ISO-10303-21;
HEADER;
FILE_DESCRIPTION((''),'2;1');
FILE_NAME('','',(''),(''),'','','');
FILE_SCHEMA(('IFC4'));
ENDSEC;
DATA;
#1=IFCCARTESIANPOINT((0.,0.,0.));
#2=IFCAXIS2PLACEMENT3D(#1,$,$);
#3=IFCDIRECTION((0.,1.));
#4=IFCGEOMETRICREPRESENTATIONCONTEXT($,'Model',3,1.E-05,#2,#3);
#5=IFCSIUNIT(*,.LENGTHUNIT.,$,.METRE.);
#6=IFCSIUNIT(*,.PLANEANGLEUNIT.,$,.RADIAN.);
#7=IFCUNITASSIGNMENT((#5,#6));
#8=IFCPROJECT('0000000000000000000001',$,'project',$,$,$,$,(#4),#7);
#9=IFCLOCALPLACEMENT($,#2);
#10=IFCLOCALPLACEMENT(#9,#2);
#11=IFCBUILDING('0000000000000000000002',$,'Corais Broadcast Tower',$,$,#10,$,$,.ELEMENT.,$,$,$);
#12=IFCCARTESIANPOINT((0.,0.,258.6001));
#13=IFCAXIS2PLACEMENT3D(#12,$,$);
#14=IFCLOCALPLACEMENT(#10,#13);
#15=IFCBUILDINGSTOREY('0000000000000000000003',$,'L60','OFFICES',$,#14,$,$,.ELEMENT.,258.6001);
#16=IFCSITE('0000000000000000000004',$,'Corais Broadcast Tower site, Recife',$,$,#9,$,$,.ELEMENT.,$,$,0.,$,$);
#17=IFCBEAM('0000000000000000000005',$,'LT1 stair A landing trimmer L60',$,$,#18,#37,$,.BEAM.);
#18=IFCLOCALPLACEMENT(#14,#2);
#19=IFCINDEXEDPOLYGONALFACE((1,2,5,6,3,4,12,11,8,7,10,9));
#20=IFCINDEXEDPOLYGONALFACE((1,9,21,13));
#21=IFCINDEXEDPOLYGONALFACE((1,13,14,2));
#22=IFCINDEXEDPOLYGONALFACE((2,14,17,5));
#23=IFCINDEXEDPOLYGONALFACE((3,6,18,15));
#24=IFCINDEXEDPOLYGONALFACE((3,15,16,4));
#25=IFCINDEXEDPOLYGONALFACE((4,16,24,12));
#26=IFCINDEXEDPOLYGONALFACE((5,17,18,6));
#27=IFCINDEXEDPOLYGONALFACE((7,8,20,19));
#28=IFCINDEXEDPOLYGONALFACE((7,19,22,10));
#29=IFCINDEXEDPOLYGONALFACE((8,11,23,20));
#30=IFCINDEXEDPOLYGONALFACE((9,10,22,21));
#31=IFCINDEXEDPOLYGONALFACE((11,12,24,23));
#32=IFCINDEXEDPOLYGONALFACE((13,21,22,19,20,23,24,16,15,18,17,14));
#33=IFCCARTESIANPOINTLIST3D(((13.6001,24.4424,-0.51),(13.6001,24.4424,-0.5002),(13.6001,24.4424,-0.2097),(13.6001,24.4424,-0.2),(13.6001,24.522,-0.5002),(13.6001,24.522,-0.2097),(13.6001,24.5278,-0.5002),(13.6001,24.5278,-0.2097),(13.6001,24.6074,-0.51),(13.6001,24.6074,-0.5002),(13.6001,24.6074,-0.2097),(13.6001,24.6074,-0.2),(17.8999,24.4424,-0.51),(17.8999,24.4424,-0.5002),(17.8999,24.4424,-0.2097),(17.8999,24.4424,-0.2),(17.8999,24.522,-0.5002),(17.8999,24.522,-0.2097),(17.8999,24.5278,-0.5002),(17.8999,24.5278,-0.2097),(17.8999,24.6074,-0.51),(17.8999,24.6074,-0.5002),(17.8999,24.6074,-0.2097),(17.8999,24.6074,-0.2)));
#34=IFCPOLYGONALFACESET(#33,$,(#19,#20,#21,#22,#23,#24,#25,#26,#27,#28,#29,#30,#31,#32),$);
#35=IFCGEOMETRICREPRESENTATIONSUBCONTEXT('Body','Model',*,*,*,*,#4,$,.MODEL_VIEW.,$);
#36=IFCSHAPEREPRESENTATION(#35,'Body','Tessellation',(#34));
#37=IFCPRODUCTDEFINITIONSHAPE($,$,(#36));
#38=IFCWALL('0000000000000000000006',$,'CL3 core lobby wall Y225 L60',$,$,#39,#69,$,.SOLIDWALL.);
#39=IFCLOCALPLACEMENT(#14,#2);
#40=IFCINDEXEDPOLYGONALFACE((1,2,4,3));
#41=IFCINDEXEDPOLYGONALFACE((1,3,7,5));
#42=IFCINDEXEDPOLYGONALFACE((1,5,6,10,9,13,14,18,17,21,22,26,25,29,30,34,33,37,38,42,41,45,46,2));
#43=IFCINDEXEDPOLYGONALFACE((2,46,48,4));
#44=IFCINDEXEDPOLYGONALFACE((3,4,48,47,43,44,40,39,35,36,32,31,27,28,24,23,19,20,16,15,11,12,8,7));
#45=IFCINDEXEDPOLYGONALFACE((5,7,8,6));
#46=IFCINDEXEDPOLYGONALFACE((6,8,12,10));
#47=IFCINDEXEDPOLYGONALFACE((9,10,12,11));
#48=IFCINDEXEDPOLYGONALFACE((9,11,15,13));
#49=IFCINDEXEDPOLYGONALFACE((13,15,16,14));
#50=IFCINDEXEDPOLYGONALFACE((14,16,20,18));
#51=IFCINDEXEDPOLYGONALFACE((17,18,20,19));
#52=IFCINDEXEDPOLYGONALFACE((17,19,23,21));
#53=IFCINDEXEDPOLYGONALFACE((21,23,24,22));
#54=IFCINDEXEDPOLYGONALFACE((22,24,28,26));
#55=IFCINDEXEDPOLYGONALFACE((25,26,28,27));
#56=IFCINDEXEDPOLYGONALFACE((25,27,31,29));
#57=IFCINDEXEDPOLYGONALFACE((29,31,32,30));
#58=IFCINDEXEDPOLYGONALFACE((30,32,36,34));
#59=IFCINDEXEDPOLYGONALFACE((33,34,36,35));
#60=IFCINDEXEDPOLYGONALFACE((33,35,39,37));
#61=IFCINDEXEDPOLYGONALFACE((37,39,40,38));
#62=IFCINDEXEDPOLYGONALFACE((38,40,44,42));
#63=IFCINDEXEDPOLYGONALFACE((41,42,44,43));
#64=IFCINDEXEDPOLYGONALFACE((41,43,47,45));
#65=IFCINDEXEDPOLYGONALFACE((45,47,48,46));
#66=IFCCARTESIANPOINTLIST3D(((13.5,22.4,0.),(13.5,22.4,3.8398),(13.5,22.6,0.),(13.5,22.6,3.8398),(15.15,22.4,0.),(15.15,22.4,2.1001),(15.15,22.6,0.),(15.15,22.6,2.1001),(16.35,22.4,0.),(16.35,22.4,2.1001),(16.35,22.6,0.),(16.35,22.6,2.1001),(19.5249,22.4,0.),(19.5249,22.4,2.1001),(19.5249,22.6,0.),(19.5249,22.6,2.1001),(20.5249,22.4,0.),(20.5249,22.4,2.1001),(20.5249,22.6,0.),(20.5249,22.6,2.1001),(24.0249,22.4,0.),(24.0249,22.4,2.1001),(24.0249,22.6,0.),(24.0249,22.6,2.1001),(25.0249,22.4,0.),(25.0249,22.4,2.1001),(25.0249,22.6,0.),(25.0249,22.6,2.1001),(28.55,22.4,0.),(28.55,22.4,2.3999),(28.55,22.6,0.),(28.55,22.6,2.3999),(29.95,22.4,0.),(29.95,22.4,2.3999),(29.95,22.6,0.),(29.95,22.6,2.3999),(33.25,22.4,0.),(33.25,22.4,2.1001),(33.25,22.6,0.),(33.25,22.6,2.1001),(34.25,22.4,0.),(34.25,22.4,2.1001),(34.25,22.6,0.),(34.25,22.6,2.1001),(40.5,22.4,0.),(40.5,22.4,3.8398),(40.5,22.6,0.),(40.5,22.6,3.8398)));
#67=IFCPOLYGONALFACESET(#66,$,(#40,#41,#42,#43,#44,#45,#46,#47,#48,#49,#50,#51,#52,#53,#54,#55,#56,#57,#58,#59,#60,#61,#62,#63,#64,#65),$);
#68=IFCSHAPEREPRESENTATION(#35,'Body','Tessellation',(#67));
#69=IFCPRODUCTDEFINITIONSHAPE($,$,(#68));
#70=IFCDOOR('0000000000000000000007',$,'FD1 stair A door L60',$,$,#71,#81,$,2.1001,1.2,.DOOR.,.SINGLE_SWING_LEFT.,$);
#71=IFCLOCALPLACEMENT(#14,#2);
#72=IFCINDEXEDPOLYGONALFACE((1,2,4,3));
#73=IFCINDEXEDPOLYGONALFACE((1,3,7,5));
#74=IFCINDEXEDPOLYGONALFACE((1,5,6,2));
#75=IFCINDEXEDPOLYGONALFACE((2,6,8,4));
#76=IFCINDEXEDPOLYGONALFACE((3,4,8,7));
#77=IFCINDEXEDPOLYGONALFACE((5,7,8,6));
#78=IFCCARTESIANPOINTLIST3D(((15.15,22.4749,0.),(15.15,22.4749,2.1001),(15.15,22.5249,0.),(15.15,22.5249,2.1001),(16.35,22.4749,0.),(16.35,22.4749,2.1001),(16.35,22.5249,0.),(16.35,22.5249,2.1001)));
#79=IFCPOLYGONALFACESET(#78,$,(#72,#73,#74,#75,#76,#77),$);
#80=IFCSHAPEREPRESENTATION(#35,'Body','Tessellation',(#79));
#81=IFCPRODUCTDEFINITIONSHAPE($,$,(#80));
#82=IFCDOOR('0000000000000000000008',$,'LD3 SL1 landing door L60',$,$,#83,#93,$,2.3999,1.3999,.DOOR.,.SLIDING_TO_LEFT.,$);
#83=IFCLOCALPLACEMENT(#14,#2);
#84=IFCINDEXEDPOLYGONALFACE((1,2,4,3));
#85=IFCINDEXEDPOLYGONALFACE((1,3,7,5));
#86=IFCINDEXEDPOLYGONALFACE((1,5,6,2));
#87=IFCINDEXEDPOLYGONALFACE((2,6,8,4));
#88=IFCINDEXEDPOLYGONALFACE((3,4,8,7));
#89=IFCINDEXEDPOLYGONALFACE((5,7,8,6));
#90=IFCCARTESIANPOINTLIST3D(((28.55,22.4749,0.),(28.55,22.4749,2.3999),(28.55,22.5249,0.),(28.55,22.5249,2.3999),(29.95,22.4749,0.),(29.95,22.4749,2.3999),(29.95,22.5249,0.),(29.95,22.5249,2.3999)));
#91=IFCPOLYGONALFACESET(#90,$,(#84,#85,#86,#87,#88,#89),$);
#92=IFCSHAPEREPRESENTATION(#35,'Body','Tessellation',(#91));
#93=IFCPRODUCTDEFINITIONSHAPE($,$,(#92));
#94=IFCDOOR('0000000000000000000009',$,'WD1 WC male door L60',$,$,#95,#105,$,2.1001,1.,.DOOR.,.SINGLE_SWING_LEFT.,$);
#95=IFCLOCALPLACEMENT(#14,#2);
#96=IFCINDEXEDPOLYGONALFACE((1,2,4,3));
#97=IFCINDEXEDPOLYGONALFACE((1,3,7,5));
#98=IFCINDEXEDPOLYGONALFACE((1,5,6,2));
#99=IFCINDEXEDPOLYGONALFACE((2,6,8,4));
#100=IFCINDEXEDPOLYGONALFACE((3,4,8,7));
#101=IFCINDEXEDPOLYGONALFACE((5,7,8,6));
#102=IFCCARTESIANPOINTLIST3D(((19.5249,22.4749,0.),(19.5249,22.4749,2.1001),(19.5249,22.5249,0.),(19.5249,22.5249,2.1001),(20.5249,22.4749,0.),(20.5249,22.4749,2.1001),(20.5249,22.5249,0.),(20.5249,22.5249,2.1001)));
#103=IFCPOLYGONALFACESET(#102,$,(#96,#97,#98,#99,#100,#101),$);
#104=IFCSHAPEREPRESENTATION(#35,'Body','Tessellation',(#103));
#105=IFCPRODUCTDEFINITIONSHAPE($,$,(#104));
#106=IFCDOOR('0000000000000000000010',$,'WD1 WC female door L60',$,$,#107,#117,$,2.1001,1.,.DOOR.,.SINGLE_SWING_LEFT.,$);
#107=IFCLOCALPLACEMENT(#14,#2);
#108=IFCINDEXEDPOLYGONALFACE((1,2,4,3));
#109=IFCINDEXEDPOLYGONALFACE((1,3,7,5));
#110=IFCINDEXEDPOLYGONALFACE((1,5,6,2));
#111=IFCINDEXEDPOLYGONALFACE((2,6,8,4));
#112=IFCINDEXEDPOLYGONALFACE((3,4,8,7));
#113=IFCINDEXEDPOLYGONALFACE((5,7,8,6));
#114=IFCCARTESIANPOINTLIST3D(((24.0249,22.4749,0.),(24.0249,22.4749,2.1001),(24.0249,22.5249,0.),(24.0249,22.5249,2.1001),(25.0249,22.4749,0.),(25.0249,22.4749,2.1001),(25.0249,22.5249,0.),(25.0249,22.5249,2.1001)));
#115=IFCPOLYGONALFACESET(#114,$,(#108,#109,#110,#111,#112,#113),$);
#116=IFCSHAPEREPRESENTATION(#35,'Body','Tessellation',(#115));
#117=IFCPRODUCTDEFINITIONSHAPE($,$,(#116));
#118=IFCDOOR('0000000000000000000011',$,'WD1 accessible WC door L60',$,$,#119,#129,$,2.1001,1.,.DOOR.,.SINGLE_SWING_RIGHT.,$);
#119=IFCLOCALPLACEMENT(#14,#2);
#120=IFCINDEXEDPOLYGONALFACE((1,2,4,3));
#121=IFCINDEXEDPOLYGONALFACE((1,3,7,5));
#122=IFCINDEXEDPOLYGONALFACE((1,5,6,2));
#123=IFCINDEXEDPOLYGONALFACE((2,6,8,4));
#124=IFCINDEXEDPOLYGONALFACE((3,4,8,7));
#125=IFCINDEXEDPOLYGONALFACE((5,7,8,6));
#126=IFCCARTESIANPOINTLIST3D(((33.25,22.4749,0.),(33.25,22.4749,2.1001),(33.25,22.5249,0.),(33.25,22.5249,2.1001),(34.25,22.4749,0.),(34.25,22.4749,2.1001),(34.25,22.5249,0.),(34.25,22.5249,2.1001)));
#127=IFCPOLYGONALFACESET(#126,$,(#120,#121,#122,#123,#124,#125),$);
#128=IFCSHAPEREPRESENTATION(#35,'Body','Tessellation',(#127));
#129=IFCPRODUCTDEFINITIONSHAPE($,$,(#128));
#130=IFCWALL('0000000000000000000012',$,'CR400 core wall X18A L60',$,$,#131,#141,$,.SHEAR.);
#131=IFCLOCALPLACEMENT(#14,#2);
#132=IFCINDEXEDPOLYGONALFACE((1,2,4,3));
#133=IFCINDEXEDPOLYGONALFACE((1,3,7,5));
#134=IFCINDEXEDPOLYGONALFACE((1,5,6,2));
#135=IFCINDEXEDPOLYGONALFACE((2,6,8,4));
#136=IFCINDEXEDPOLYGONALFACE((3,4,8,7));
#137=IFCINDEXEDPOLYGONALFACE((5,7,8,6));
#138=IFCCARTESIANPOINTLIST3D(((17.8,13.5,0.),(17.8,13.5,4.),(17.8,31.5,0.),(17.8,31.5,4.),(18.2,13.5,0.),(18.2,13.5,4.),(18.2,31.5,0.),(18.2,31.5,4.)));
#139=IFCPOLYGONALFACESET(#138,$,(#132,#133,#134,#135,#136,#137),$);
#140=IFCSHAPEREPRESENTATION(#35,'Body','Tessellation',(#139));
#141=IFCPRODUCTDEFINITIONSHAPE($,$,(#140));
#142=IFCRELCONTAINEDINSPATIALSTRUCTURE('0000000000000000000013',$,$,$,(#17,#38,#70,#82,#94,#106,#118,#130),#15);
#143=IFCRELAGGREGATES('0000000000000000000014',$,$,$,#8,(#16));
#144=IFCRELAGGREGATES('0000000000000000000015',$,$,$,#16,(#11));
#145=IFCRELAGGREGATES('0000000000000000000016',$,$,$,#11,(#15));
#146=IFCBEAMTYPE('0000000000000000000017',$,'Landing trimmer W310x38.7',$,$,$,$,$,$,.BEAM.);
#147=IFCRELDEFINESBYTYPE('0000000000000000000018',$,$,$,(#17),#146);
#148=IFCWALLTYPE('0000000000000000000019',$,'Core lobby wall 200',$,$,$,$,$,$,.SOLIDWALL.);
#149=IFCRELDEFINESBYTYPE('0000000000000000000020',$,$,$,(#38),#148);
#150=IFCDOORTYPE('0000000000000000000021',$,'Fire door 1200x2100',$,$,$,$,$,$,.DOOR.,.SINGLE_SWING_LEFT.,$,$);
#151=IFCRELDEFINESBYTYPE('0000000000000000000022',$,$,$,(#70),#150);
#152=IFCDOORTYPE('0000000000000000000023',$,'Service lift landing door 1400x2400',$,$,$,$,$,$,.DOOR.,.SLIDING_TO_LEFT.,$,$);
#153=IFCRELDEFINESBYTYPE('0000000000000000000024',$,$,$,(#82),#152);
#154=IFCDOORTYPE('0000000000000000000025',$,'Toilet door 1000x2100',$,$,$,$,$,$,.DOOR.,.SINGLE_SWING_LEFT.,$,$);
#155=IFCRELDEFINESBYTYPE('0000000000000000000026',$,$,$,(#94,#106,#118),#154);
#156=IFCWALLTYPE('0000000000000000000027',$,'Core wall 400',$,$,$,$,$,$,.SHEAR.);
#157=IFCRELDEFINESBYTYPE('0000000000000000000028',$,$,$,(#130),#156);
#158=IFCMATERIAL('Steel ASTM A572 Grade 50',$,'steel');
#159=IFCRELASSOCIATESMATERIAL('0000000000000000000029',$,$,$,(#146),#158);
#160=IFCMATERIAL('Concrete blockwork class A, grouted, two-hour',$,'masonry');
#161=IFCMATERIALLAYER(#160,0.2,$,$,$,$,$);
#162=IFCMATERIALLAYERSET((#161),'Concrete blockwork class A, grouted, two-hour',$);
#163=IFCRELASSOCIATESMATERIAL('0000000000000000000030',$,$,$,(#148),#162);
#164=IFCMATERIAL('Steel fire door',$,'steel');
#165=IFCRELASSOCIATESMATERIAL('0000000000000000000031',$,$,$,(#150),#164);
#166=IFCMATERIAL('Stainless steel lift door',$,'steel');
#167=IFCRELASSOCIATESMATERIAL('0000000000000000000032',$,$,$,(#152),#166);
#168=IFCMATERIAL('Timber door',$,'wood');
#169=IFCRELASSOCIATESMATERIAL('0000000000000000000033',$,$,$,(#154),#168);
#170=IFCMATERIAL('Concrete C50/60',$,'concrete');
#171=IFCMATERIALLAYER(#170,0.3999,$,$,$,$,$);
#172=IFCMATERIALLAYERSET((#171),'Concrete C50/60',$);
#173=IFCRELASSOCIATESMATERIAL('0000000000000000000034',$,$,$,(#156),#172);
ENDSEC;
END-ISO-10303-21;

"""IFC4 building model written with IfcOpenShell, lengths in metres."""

from ifc_helpers import new_model, si_unit, direction, frame, frame_2d, origin, origin_2d, place, context, subcontext, project, spatial, rectangle, i_section, extrude, material, layer, layer_set, material_profile, profile_set, type_object, element, fill, save


model = new_model("IFC4")

# Units and contexts
model_context = context("Model", 3, precision=1e-05, world=origin(), true_north=direction((0.0, 1.0)))
body_context = subcontext(model_context, "Body", "Model", "MODEL_VIEW")
ifc_project = project(units=[si_unit("LENGTHUNIT", "METRE"), si_unit("PLANEANGLEUNIT", "RADIAN")], contexts=[model_context])

# Site, building, storey
site_placement = place(None, origin())
site = spatial("IfcSite", under=ifc_project, at=site_placement, Name="Corais Broadcast Tower site, Recife", CompositionType="ELEMENT", RefElevation=0.0)
building_placement = place(site_placement, origin())
building = spatial("IfcBuilding", under=site, at=building_placement, Name="Corais Broadcast Tower", CompositionType="ELEMENT")
storey_placement = place(building_placement, frame((0.0, 0.0, 258.6001)))
storey = spatial("IfcBuildingStorey", under=building, at=storey_placement, Name="L60", Description="OFFICES", CompositionType="ELEMENT", Elevation=258.6001)

# Beam
ifc_material_1 = material(Name="Steel ASTM A572 Grade 50", Category="steel")
ifc_material_profile = material_profile(ifc_material_1, i_section(OverallWidth=0.165, OverallDepth=0.3101, WebThickness=0.0059, FlangeThickness=0.0098, at=origin_2d()), Name="W310x38.7")
ifc_profile_set = profile_set([ifc_material_profile], Name="Steel ASTM A572 Grade 50")
beam_type = type_object("IfcBeamType", Name="Landing trimmer W310x38.7", PredefinedType="BEAM", material=ifc_profile_set)
beam_placement = place(storey_placement, frame((13.6001, 24.5249, -0.355), z_axis=(1.0, 0.0, 0.0), x_axis=(0.0, 1.0, 0.0)))
element("IfcBeam", 1, at=beam_placement, inside=storey, type_object=beam_type, Name="LT1 stair A landing trimmer L60", PredefinedType="BEAM", context=body_context, shape_type="SweptSolid", body=[
    extrude(i_section(OverallWidth=0.165, OverallDepth=0.3101, WebThickness=0.0059, FlangeThickness=0.0098, at=origin_2d()), origin(), (0.0, 0.0, 1.0), 4.2998),
])

# Wall, openings, doors
ifc_material_2 = material(Name="Concrete blockwork class A, grouted, two-hour", Category="masonry")
ifc_layer_1 = layer(ifc_material_2, 0.2)
ifc_layer_set_1 = layer_set([ifc_layer_1], Name="Concrete blockwork class A, grouted, two-hour")
wall_type_1 = type_object("IfcWallType", Name="Core lobby wall 200", PredefinedType="SOLIDWALL", material=ifc_layer_set_1)
wall_1_placement = place(storey_placement, frame((13.5, 22.5, 0.0), z_axis=(0.0, 0.0, 1.0), x_axis=(1.0, 0.0, 0.0)))
wall_1 = element("IfcWall", 2, at=wall_1_placement, inside=storey, type_object=wall_type_1, Name="CL3 core lobby wall Y225 L60", PredefinedType="SOLIDWALL", context=body_context, shape_type="SweptSolid", body=[
    extrude(rectangle(XDim=27.0, YDim=0.2, at=frame_2d((13.5, 0.0))), origin(), (0.0, 0.0, 1.0), 3.8398),
])
opening_1_placement = place(wall_1_placement, frame((1.6499, 0.0, 0.0)))
opening_1 = element("IfcOpeningElement", 3, at=opening_1_placement, cuts=wall_1, PredefinedType="OPENING", context=body_context, shape_type="SweptSolid", body=[
    extrude(rectangle(XDim=1.2, YDim=2.1001, at=frame_2d((0.6001, 1.05))), frame((0.0, 0.1099, 0.0), z_axis=(0.0, -1.0, 0.0), x_axis=(1.0, 0.0, 0.0)), (0.0, 0.0, 1.0), 0.22),
])
opening_2_placement = place(wall_1_placement, frame((6.0249, 0.0, 0.0)))
opening_2 = element("IfcOpeningElement", 4, at=opening_2_placement, cuts=wall_1, PredefinedType="OPENING", context=body_context, shape_type="SweptSolid", body=[
    extrude(rectangle(XDim=1.0, YDim=2.1001, at=frame_2d((0.5, 1.05))), frame((0.0, 0.1099, 0.0), z_axis=(0.0, -1.0, 0.0), x_axis=(1.0, 0.0, 0.0)), (0.0, 0.0, 1.0), 0.22),
])
opening_3_placement = place(wall_1_placement, frame((10.5249, 0.0, 0.0)))
opening_3 = element("IfcOpeningElement", 5, at=opening_3_placement, cuts=wall_1, PredefinedType="OPENING", context=body_context, shape_type="SweptSolid", body=[
    extrude(rectangle(XDim=1.0, YDim=2.1001, at=frame_2d((0.5, 1.05))), frame((0.0, 0.1099, 0.0), z_axis=(0.0, -1.0, 0.0), x_axis=(1.0, 0.0, 0.0)), (0.0, 0.0, 1.0), 0.22),
])
opening_4_placement = place(wall_1_placement, frame((19.75, 0.0, 0.0)))
opening_4 = element("IfcOpeningElement", 6, at=opening_4_placement, cuts=wall_1, PredefinedType="OPENING", context=body_context, shape_type="SweptSolid", body=[
    extrude(rectangle(XDim=1.0, YDim=2.1001, at=frame_2d((0.5, 1.05))), frame((0.0, 0.1099, 0.0), z_axis=(0.0, -1.0, 0.0), x_axis=(1.0, 0.0, 0.0)), (0.0, 0.0, 1.0), 0.22),
])
opening_5_placement = place(wall_1_placement, frame((15.05, 0.0, 0.0)))
opening_5 = element("IfcOpeningElement", 7, at=opening_5_placement, cuts=wall_1, PredefinedType="OPENING", context=body_context, shape_type="SweptSolid", body=[
    extrude(rectangle(XDim=1.3999, YDim=2.3999, at=frame_2d((0.7, 1.2))), frame((0.0, 0.1099, 0.0), z_axis=(0.0, -1.0, 0.0), x_axis=(1.0, 0.0, 0.0)), (0.0, 0.0, 1.0), 0.22),
])
ifc_material_3 = material(Name="Steel fire door", Category="steel")
door_type_1 = type_object("IfcDoorType", Name="Fire door 1200x2100", OperationType="SINGLE_SWING_LEFT", PredefinedType="DOOR", material=ifc_material_3)
door_1_placement = place(opening_1_placement, origin())
door_1 = element("IfcDoor", 8, at=door_1_placement, inside=storey, type_object=door_type_1, Name="FD1 stair A door L60", OperationType="SINGLE_SWING_LEFT", OverallHeight=2.1001, OverallWidth=1.2, PredefinedType="DOOR", context=body_context, shape_type="SweptSolid", body=[
    extrude(rectangle(XDim=1.2, YDim=2.1001, at=frame_2d((0.6001, 1.05))), frame((0.0, 0.0249, 0.0), z_axis=(0.0, -1.0, 0.0), x_axis=(1.0, 0.0, 0.0)), (0.0, 0.0, 1.0), 0.05),
])
fill(opening_1, door_1)
ifc_material_4 = material(Name="Stainless steel lift door", Category="steel")
door_type_2 = type_object("IfcDoorType", Name="Service lift landing door 1400x2400", OperationType="SLIDING_TO_LEFT", PredefinedType="DOOR", material=ifc_material_4)
door_2_placement = place(opening_5_placement, origin())
door_2 = element("IfcDoor", 9, at=door_2_placement, inside=storey, type_object=door_type_2, Name="LD3 SL1 landing door L60", OperationType="SLIDING_TO_LEFT", OverallHeight=2.3999, OverallWidth=1.3999, PredefinedType="DOOR", context=body_context, shape_type="SweptSolid", body=[
    extrude(rectangle(XDim=1.3999, YDim=2.3999, at=frame_2d((0.7, 1.2))), frame((0.0, 0.0249, 0.0), z_axis=(0.0, -1.0, 0.0), x_axis=(1.0, 0.0, 0.0)), (0.0, 0.0, 1.0), 0.05),
])
fill(opening_5, door_2)
ifc_material_5 = material(Name="Timber door", Category="wood")
door_type_3 = type_object("IfcDoorType", Name="Toilet door 1000x2100", OperationType="SINGLE_SWING_LEFT", PredefinedType="DOOR", material=ifc_material_5)
door_3_placement = place(opening_2_placement, origin())
door_3 = element("IfcDoor", 10, at=door_3_placement, inside=storey, type_object=door_type_3, Name="WD1 WC male door L60", OperationType="SINGLE_SWING_LEFT", OverallHeight=2.1001, OverallWidth=1.0, PredefinedType="DOOR", context=body_context, shape_type="SweptSolid", body=[
    extrude(rectangle(XDim=1.0, YDim=2.1001, at=frame_2d((0.5, 1.05))), frame((0.0, 0.0249, 0.0), z_axis=(0.0, -1.0, 0.0), x_axis=(1.0, 0.0, 0.0)), (0.0, 0.0, 1.0), 0.05),
])
fill(opening_2, door_3)
door_4_placement = place(opening_3_placement, origin())
door_4 = element("IfcDoor", 11, at=door_4_placement, inside=storey, type_object=door_type_3, Name="WD1 WC female door L60", OperationType="SINGLE_SWING_LEFT", OverallHeight=2.1001, OverallWidth=1.0, PredefinedType="DOOR", context=body_context, shape_type="SweptSolid", body=[
    extrude(rectangle(XDim=1.0, YDim=2.1001, at=frame_2d((0.5, 1.05))), frame((0.0, 0.0249, 0.0), z_axis=(0.0, -1.0, 0.0), x_axis=(1.0, 0.0, 0.0)), (0.0, 0.0, 1.0), 0.05),
])
fill(opening_3, door_4)
door_5_placement = place(opening_4_placement, origin())
door_5 = element("IfcDoor", 12, at=door_5_placement, inside=storey, type_object=door_type_3, Name="WD1 accessible WC door L60", OperationType="SINGLE_SWING_RIGHT", OverallHeight=2.1001, OverallWidth=1.0, PredefinedType="DOOR", context=body_context, shape_type="SweptSolid", body=[
    extrude(rectangle(XDim=1.0, YDim=2.1001, at=frame_2d((0.5, 1.05))), frame((0.0, 0.0249, 0.0), z_axis=(0.0, -1.0, 0.0), x_axis=(1.0, 0.0, 0.0)), (0.0, 0.0, 1.0), 0.05),
])
fill(opening_4, door_5)

# Wall
ifc_material_6 = material(Name="Concrete C50/60", Category="concrete")
ifc_layer_2 = layer(ifc_material_6, 0.3999)
ifc_layer_set_2 = layer_set([ifc_layer_2], Name="Concrete C50/60")
wall_type_2 = type_object("IfcWallType", Name="Core wall 400", PredefinedType="SHEAR", material=ifc_layer_set_2)
wall_2_placement = place(storey_placement, frame((18.0, 13.5, 0.0), z_axis=(0.0, 0.0, 1.0), x_axis=(0.0, 1.0, 0.0)))
element("IfcWall", 13, at=wall_2_placement, inside=storey, type_object=wall_type_2, Name="CR400 core wall X18A L60", PredefinedType="SHEAR", context=body_context, shape_type="SweptSolid", body=[
    extrude(rectangle(XDim=18.0, YDim=0.3999, at=frame_2d((9.0, 0.0))), origin(), (0.0, 0.0, 1.0), 4.0),
])

save(model, "model.ifc")
